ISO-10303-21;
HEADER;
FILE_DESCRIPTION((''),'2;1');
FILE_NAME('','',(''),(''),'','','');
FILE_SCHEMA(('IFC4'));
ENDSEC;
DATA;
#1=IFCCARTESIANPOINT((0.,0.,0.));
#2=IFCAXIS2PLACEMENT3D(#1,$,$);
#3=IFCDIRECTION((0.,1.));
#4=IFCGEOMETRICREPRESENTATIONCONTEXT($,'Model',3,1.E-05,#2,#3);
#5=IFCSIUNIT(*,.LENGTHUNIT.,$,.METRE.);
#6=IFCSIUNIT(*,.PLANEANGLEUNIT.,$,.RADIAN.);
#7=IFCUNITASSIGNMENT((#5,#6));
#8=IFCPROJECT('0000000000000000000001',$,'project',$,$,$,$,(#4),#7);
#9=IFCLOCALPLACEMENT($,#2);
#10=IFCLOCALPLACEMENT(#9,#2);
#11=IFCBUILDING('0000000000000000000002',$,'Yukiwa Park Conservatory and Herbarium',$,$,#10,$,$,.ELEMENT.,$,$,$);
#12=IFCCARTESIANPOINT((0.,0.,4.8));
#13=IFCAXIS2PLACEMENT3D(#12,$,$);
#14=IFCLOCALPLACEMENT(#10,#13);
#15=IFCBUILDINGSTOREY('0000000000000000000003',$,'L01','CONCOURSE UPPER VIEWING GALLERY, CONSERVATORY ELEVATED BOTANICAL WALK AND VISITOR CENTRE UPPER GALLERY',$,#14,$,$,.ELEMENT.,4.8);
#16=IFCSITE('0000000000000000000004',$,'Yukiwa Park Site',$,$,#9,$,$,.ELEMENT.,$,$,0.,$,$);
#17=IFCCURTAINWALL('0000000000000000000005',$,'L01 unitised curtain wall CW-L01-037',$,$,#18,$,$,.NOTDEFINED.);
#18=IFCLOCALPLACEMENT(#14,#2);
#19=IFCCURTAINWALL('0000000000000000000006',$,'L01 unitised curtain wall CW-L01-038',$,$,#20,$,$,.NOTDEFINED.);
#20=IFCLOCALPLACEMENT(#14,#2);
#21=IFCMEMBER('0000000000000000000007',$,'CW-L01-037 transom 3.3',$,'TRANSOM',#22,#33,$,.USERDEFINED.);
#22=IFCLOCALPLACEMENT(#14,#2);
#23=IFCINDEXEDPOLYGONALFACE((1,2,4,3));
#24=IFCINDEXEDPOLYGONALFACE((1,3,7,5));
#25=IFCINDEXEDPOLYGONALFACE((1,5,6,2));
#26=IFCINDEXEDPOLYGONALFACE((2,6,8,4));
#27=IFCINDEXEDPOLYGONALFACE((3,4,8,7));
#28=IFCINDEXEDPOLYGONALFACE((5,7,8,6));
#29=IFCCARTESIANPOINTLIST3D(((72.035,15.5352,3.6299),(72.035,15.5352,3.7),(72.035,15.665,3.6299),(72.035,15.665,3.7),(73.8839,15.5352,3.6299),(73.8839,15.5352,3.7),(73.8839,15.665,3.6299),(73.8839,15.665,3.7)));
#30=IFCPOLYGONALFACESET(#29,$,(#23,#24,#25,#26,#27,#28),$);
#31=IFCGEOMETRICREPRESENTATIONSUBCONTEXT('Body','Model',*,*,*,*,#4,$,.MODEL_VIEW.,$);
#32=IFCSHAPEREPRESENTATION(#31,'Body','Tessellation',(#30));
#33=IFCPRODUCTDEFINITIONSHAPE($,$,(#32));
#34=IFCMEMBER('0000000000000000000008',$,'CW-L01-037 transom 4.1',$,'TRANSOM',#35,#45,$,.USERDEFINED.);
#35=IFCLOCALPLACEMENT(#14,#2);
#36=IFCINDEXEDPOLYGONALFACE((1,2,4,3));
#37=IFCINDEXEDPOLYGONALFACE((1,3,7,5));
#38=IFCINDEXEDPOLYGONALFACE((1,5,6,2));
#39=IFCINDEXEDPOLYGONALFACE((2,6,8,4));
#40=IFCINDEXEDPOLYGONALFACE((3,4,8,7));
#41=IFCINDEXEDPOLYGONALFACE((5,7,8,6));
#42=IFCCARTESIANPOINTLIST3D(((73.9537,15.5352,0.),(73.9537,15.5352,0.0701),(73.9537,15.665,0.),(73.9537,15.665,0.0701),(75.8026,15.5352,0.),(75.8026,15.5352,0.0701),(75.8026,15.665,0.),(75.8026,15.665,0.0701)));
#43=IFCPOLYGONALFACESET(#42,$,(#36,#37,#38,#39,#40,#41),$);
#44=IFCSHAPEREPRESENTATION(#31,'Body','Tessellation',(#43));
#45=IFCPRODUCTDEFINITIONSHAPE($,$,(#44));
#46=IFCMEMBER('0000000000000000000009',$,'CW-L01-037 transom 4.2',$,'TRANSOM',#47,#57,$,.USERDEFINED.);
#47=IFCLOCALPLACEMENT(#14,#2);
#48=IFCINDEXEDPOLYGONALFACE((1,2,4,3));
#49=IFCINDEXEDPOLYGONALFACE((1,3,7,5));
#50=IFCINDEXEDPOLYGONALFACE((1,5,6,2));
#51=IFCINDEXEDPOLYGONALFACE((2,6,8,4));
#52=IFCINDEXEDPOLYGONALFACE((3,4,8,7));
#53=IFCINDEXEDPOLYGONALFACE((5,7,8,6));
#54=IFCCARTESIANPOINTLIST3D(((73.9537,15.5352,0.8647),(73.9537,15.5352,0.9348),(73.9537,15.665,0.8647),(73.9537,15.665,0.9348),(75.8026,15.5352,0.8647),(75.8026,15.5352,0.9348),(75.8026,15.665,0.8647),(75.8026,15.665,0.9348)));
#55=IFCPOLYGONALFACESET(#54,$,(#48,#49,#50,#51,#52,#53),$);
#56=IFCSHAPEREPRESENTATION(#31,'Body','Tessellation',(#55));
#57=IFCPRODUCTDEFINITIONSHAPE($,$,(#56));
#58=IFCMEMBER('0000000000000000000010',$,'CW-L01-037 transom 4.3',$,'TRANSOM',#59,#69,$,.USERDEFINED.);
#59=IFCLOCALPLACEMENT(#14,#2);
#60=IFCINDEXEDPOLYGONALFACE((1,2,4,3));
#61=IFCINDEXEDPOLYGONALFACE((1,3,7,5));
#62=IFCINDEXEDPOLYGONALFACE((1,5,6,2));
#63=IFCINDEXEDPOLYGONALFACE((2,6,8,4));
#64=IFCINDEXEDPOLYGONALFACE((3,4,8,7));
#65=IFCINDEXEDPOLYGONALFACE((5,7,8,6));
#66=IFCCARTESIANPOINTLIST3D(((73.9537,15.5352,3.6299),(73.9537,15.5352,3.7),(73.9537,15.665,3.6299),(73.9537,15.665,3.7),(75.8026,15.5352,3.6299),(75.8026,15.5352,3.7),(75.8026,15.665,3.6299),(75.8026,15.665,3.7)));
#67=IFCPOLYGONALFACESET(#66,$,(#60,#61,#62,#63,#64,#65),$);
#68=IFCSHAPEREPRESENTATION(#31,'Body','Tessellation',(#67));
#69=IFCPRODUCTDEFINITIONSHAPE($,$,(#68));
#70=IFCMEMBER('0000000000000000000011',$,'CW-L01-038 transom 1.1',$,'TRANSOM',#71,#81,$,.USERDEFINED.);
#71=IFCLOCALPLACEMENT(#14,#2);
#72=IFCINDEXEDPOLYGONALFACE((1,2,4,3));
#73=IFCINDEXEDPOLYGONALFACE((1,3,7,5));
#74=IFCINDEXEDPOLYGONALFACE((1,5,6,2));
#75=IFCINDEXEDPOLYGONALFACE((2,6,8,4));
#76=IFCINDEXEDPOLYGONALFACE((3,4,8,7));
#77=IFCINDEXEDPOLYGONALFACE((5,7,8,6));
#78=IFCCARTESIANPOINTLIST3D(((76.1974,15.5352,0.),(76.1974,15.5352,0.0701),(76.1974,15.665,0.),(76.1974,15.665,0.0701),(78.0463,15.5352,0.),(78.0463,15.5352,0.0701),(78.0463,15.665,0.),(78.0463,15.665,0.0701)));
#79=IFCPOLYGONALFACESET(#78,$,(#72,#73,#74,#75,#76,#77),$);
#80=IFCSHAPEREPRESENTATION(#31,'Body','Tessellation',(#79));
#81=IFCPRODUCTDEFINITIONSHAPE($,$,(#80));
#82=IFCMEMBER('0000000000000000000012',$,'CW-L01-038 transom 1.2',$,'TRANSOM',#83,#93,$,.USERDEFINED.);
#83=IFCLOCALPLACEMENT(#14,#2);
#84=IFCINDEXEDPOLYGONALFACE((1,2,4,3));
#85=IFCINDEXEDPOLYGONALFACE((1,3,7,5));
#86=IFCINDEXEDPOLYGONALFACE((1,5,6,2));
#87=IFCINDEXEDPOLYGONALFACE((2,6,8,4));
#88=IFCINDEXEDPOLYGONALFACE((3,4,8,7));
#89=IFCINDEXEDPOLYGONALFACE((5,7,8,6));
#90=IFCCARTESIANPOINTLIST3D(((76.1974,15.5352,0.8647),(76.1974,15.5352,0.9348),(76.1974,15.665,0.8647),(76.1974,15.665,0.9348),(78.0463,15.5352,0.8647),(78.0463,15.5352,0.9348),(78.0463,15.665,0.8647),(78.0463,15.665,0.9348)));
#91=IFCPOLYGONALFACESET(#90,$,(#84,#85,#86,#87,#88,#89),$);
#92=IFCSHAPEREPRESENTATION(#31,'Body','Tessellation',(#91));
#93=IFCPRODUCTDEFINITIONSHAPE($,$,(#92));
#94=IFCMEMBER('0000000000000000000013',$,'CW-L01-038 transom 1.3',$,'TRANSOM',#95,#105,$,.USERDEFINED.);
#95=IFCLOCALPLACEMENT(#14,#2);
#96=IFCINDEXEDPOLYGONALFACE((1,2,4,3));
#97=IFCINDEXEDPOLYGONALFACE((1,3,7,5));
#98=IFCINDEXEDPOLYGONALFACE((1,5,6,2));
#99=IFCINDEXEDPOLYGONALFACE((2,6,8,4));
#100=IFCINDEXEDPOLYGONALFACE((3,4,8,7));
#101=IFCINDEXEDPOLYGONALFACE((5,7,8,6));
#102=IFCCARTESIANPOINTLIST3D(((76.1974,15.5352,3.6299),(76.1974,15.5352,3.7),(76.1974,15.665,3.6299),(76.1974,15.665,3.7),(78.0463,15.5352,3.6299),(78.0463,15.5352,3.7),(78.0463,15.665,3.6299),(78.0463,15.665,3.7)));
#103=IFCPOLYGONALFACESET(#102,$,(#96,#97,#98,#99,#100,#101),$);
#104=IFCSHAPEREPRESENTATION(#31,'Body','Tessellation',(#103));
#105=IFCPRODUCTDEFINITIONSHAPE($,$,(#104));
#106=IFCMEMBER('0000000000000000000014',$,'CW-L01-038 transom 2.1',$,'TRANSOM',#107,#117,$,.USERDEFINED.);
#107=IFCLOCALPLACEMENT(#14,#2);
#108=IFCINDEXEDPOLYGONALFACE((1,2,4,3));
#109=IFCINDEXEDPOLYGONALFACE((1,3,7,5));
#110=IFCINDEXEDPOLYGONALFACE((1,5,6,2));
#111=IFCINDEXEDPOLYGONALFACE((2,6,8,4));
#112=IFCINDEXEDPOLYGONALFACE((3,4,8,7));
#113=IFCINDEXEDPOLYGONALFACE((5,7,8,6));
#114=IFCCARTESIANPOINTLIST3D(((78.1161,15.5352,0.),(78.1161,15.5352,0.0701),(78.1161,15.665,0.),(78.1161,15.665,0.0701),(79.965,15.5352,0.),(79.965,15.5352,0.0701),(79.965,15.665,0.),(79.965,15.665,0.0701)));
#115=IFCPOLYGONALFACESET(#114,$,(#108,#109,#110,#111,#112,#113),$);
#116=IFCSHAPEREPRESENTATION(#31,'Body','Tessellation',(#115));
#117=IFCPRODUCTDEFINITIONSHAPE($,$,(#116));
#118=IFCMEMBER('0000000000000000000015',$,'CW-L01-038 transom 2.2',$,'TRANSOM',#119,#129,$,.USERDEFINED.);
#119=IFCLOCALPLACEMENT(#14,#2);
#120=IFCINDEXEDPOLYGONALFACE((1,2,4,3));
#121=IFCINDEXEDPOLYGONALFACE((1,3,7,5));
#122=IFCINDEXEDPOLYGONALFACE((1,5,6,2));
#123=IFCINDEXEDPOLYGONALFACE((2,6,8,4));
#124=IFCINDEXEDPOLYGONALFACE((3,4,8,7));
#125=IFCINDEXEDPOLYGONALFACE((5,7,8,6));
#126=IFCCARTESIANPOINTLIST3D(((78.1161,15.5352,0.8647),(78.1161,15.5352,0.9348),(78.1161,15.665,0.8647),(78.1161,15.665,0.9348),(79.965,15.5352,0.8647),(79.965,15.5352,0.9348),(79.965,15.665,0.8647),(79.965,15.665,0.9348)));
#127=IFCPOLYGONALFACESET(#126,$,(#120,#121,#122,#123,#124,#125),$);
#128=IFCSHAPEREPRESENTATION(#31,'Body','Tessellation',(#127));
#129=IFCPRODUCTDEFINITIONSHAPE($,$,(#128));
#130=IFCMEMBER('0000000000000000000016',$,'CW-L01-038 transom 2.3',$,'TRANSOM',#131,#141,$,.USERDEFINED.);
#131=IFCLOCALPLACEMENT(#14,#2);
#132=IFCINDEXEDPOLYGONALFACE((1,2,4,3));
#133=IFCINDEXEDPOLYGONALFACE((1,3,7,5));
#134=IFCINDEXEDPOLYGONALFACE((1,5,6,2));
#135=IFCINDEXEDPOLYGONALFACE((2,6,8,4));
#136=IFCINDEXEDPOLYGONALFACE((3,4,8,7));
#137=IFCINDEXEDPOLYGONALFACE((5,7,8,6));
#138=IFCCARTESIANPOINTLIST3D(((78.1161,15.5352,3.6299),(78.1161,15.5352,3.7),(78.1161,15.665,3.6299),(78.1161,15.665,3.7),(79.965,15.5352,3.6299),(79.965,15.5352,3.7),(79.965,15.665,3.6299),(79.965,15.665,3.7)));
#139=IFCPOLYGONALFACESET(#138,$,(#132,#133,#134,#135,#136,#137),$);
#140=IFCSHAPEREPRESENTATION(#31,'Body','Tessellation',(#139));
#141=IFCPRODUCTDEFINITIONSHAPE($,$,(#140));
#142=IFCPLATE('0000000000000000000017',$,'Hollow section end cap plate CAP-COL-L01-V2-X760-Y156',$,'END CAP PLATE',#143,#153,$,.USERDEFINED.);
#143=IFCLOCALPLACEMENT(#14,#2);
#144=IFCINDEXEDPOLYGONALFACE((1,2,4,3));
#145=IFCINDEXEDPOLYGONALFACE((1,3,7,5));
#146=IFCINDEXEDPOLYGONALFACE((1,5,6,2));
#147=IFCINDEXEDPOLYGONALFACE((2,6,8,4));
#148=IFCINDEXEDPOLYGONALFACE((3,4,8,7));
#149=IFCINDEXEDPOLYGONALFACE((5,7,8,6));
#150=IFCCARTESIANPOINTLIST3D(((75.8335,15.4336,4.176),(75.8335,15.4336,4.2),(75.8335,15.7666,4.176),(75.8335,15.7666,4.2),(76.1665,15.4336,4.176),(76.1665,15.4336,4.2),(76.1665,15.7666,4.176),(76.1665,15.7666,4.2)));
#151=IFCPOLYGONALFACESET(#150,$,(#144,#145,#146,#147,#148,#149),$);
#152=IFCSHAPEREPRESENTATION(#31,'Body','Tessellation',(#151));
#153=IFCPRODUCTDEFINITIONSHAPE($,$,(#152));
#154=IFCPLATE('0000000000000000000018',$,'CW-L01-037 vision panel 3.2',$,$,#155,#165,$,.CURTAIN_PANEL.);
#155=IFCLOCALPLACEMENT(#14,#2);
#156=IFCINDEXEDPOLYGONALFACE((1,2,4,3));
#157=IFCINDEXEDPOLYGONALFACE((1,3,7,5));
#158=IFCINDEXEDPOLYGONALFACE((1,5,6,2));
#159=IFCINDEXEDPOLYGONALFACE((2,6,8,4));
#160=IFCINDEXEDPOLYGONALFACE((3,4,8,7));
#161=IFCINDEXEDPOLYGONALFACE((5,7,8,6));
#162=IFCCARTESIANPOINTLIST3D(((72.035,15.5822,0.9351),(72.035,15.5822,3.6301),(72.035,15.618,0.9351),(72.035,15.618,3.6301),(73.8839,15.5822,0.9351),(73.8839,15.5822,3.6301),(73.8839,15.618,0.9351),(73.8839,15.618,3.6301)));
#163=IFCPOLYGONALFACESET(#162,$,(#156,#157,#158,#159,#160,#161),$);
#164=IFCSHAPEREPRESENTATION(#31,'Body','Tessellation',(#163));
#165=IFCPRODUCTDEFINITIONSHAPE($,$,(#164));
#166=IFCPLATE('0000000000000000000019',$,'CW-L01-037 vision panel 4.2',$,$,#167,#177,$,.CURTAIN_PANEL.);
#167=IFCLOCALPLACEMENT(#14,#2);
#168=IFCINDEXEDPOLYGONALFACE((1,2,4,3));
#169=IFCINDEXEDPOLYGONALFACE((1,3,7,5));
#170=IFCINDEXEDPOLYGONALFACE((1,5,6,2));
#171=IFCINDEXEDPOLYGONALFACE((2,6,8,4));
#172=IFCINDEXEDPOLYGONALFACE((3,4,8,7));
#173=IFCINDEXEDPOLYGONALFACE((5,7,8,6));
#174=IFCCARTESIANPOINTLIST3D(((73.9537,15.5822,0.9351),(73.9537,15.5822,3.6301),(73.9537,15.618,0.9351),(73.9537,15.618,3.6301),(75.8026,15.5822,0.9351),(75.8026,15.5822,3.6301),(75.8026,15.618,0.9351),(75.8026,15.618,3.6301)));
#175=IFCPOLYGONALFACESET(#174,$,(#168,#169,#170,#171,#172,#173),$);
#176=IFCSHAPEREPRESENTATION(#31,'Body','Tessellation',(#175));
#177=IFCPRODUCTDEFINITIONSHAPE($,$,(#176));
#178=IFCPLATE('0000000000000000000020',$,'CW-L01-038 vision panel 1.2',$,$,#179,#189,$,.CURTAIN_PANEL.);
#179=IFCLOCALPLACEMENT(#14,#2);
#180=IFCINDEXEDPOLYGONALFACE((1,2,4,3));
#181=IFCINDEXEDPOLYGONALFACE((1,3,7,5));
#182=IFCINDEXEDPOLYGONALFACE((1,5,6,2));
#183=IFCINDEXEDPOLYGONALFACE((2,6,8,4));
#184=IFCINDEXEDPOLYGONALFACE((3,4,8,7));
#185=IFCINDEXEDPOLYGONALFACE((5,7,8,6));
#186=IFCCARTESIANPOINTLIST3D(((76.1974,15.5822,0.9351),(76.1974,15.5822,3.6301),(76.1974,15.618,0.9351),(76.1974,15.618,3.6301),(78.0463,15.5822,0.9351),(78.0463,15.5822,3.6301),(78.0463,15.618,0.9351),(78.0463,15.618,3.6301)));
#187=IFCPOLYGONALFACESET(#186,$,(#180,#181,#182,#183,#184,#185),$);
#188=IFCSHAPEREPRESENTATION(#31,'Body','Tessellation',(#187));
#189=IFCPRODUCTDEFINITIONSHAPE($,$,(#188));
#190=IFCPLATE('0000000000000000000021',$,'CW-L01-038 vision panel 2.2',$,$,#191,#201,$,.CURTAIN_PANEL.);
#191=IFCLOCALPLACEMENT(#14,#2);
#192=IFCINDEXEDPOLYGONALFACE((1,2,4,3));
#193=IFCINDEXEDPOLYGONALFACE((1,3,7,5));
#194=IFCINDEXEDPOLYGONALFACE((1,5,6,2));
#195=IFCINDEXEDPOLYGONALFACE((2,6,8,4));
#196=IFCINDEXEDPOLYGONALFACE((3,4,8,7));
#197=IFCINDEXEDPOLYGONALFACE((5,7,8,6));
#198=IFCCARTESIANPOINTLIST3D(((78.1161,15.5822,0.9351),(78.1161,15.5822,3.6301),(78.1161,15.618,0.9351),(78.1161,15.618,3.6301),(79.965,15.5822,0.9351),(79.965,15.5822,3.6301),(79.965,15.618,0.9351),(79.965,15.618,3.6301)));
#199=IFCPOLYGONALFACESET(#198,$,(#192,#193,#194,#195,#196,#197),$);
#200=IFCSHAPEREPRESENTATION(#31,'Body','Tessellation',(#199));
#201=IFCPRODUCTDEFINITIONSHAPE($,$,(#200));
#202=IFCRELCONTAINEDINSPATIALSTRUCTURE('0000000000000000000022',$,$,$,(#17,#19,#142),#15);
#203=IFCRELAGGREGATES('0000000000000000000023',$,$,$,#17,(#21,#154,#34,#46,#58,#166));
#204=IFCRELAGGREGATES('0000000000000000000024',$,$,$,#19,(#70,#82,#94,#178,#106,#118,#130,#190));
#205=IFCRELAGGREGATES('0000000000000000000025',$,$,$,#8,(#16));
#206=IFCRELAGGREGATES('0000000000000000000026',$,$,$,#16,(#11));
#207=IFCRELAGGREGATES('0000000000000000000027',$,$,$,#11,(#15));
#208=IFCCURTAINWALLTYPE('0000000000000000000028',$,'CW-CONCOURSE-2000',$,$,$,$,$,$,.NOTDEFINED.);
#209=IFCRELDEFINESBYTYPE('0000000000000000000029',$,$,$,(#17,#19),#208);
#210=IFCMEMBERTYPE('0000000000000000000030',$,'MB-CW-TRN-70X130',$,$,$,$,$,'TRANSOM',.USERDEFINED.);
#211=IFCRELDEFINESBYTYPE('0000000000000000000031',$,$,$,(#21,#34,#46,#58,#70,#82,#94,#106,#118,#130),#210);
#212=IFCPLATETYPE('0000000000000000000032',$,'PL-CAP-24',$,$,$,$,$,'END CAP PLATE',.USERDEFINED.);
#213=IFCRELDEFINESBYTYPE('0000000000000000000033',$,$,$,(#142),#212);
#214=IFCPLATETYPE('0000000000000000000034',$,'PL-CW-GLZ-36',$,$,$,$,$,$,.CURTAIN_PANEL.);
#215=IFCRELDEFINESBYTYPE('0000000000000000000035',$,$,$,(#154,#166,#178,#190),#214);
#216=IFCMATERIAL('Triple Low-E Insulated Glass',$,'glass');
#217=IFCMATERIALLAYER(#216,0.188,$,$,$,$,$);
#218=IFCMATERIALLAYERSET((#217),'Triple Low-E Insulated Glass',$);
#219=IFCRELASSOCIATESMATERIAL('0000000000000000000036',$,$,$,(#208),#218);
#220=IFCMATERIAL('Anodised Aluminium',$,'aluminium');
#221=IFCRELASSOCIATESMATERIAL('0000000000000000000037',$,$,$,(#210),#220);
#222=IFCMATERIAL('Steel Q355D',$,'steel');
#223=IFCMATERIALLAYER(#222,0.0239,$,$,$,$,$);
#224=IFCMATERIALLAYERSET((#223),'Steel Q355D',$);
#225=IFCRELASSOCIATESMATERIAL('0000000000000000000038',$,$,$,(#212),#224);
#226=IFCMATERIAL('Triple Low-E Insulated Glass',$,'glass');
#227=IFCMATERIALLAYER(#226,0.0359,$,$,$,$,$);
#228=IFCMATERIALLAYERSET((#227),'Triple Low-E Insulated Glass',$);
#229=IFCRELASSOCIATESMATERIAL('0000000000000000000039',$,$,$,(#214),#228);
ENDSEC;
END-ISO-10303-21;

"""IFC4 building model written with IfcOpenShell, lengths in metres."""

from ifc_helpers import new_model, si_unit, direction, frame, origin, origin_2d, place, context, subcontext, project, spatial, rectangle, extrude, material, layer, layer_set, type_object, element, aggregate, save


model = new_model("IFC4")

# Units and contexts
model_context = context("Model", 3, precision=1e-05, world=origin(), true_north=direction((0.0, 1.0)))
body_context = subcontext(model_context, "Body", "Model", "MODEL_VIEW")
ifc_project = project(units=[si_unit("LENGTHUNIT", "METRE"), si_unit("PLANEANGLEUNIT", "RADIAN")], contexts=[model_context])

# Site, building, storey
site_placement = place(None, origin())
site = spatial("IfcSite", under=ifc_project, at=site_placement, Name="Yukiwa Park Site", CompositionType="ELEMENT", RefElevation=0.0)
building_placement = place(site_placement, origin())
building = spatial("IfcBuilding", under=site, at=building_placement, Name="Yukiwa Park Conservatory and Herbarium", CompositionType="ELEMENT")
storey_placement = place(building_placement, frame((0.0, 0.0, 4.8)))
storey = spatial("IfcBuildingStorey", under=building, at=storey_placement, Name="L01", Description="CONCOURSE UPPER VIEWING GALLERY, CONSERVATORY ELEVATED BOTANICAL WALK AND VISITOR CENTRE UPPER GALLERY", CompositionType="ELEMENT", Elevation=4.8)

# Curtain walls
ifc_material_1 = material(Name="Triple Low-E Insulated Glass", Category="glass")
ifc_layer_1 = layer(ifc_material_1, 0.188)
ifc_layer_set_1 = layer_set([ifc_layer_1], Name="Triple Low-E Insulated Glass")
curtain_wall_type = type_object("IfcCurtainWallType", Name="CW-CONCOURSE-2000", PredefinedType="NOTDEFINED", material=ifc_layer_set_1)
curtain_wall_1_placement = place(storey_placement, origin())
curtain_wall_1 = element("IfcCurtainWall", 1, at=curtain_wall_1_placement, inside=storey, type_object=curtain_wall_type, Name="L01 unitised curtain wall CW-L01-037", PredefinedType="NOTDEFINED")
curtain_wall_2_placement = place(storey_placement, origin())
curtain_wall_2 = element("IfcCurtainWall", 2, at=curtain_wall_2_placement, inside=storey, type_object=curtain_wall_type, Name="L01 unitised curtain wall CW-L01-038", PredefinedType="NOTDEFINED")

# Members
ifc_material_2 = material(Name="Anodised Aluminium", Category="aluminium")
member_type_1 = type_object("IfcMemberType", Name="MB-CW-TRN-70X130", ElementType="TRANSOM", PredefinedType="USERDEFINED", material=ifc_material_2)
member_1_placement = place(storey_placement, frame((72.9595, 15.6001, 3.6299), z_axis=(0.0, 0.0, 1.0), x_axis=(1.0, 0.0, 0.0)))
member_1 = element("IfcMember", 3, at=member_1_placement, type_object=member_type_1, Name="CW-L01-037 transom 3.3", ObjectType="TRANSOM", PredefinedType="USERDEFINED", context=body_context, shape_type="SweptSolid", body=[
    extrude(rectangle(XDim=1.8489, YDim=0.1299, at=origin_2d()), origin(), (0.0, 0.0, 1.0), 0.0701),
])
member_2_placement = place(storey_placement, frame((74.8782, 15.6001, 0.0), z_axis=(0.0, 0.0, 1.0), x_axis=(1.0, 0.0, 0.0)))
member_2 = element("IfcMember", 4, at=member_2_placement, type_object=member_type_1, Name="CW-L01-037 transom 4.1", ObjectType="TRANSOM", PredefinedType="USERDEFINED", context=body_context, shape_type="SweptSolid", body=[
    extrude(rectangle(XDim=1.8489, YDim=0.1299, at=origin_2d()), origin(), (0.0, 0.0, 1.0), 0.0701),
])
member_3_placement = place(storey_placement, frame((74.8782, 15.6001, 0.8647), z_axis=(0.0, 0.0, 1.0), x_axis=(1.0, 0.0, 0.0)))
member_3 = element("IfcMember", 5, at=member_3_placement, type_object=member_type_1, Name="CW-L01-037 transom 4.2", ObjectType="TRANSOM", PredefinedType="USERDEFINED", context=body_context, shape_type="SweptSolid", body=[
    extrude(rectangle(XDim=1.8489, YDim=0.1299, at=origin_2d()), origin(), (0.0, 0.0, 1.0), 0.0701),
])
member_4_placement = place(storey_placement, frame((74.8782, 15.6001, 3.6299), z_axis=(0.0, 0.0, 1.0), x_axis=(1.0, 0.0, 0.0)))
member_4 = element("IfcMember", 6, at=member_4_placement, type_object=member_type_1, Name="CW-L01-037 transom 4.3", ObjectType="TRANSOM", PredefinedType="USERDEFINED", context=body_context, shape_type="SweptSolid", body=[
    extrude(rectangle(XDim=1.8489, YDim=0.1299, at=origin_2d()), origin(), (0.0, 0.0, 1.0), 0.0701),
])
member_5_placement = place(storey_placement, frame((77.1218, 15.6001, 0.0), z_axis=(0.0, 0.0, 1.0), x_axis=(1.0, 0.0, 0.0)))
member_5 = element("IfcMember", 7, at=member_5_placement, type_object=member_type_1, Name="CW-L01-038 transom 1.1", ObjectType="TRANSOM", PredefinedType="USERDEFINED", context=body_context, shape_type="SweptSolid", body=[
    extrude(rectangle(XDim=1.8489, YDim=0.1299, at=origin_2d()), origin(), (0.0, 0.0, 1.0), 0.0701),
])
member_6_placement = place(storey_placement, frame((77.1218, 15.6001, 0.8647), z_axis=(0.0, 0.0, 1.0), x_axis=(1.0, 0.0, 0.0)))
member_6 = element("IfcMember", 8, at=member_6_placement, type_object=member_type_1, Name="CW-L01-038 transom 1.2", ObjectType="TRANSOM", PredefinedType="USERDEFINED", context=body_context, shape_type="SweptSolid", body=[
    extrude(rectangle(XDim=1.8489, YDim=0.1299, at=origin_2d()), origin(), (0.0, 0.0, 1.0), 0.0701),
])
member_7_placement = place(storey_placement, frame((77.1218, 15.6001, 3.6299), z_axis=(0.0, 0.0, 1.0), x_axis=(1.0, 0.0, 0.0)))
member_7 = element("IfcMember", 9, at=member_7_placement, type_object=member_type_1, Name="CW-L01-038 transom 1.3", ObjectType="TRANSOM", PredefinedType="USERDEFINED", context=body_context, shape_type="SweptSolid", body=[
    extrude(rectangle(XDim=1.8489, YDim=0.1299, at=origin_2d()), origin(), (0.0, 0.0, 1.0), 0.0701),
])
member_8_placement = place(storey_placement, frame((79.0405, 15.6001, 0.0), z_axis=(0.0, 0.0, 1.0), x_axis=(1.0, 0.0, 0.0)))
member_8 = element("IfcMember", 10, at=member_8_placement, type_object=member_type_1, Name="CW-L01-038 transom 2.1", ObjectType="TRANSOM", PredefinedType="USERDEFINED", context=body_context, shape_type="SweptSolid", body=[
    extrude(rectangle(XDim=1.8489, YDim=0.1299, at=origin_2d()), origin(), (0.0, 0.0, 1.0), 0.0701),
])
member_9_placement = place(storey_placement, frame((79.0405, 15.6001, 0.8647), z_axis=(0.0, 0.0, 1.0), x_axis=(1.0, 0.0, 0.0)))
member_9 = element("IfcMember", 11, at=member_9_placement, type_object=member_type_1, Name="CW-L01-038 transom 2.2", ObjectType="TRANSOM", PredefinedType="USERDEFINED", context=body_context, shape_type="SweptSolid", body=[
    extrude(rectangle(XDim=1.8489, YDim=0.1299, at=origin_2d()), origin(), (0.0, 0.0, 1.0), 0.0701),
])
member_10_placement = place(storey_placement, frame((79.0405, 15.6001, 3.6299), z_axis=(0.0, 0.0, 1.0), x_axis=(1.0, 0.0, 0.0)))
member_10 = element("IfcMember", 12, at=member_10_placement, type_object=member_type_1, Name="CW-L01-038 transom 2.3", ObjectType="TRANSOM", PredefinedType="USERDEFINED", context=body_context, shape_type="SweptSolid", body=[
    extrude(rectangle(XDim=1.8489, YDim=0.1299, at=origin_2d()), origin(), (0.0, 0.0, 1.0), 0.0701),
])

# Plates
ifc_material_3 = material(Name="Steel Q355D", Category="steel")
ifc_layer_2 = layer(ifc_material_3, 0.0239)
ifc_layer_set_2 = layer_set([ifc_layer_2], Name="Steel Q355D")
plate_type_1 = type_object("IfcPlateType", Name="PL-CAP-24", ElementType="END CAP PLATE", PredefinedType="USERDEFINED", material=ifc_layer_set_2)
plate_1_placement = place(storey_placement, frame((76.0, 15.6001, 4.176), z_axis=(0.0, 0.0, 1.0), x_axis=(1.0, 0.0, 0.0)))
element("IfcPlate", 13, at=plate_1_placement, inside=storey, type_object=plate_type_1, Name="Hollow section end cap plate CAP-COL-L01-V2-X760-Y156", ObjectType="END CAP PLATE", PredefinedType="USERDEFINED", context=body_context, shape_type="SweptSolid", body=[
    extrude(rectangle(XDim=0.333, YDim=0.333, at=origin_2d()), origin(), (0.0, 0.0, 1.0), 0.0239),
])
ifc_material_4 = material(Name="Triple Low-E Insulated Glass", Category="glass")
ifc_layer_3 = layer(ifc_material_4, 0.0359)
ifc_layer_set_3 = layer_set([ifc_layer_3], Name="Triple Low-E Insulated Glass")
plate_type_2 = type_object("IfcPlateType", Name="PL-CW-GLZ-36", PredefinedType="CURTAIN_PANEL", material=ifc_layer_set_3)
plate_2_placement = place(storey_placement, frame((72.9595, 15.6001, 0.9351), z_axis=(0.0, 0.0, 1.0), x_axis=(1.0, 0.0, 0.0)))
plate_2 = element("IfcPlate", 14, at=plate_2_placement, type_object=plate_type_2, Name="CW-L01-037 vision panel 3.2", PredefinedType="CURTAIN_PANEL", context=body_context, shape_type="SweptSolid", body=[
    extrude(rectangle(XDim=1.8489, YDim=0.0359, at=origin_2d()), origin(), (0.0, 0.0, 1.0), 2.6951),
])
plate_3_placement = place(storey_placement, frame((74.8782, 15.6001, 0.9351), z_axis=(0.0, 0.0, 1.0), x_axis=(1.0, 0.0, 0.0)))
plate_3 = element("IfcPlate", 15, at=plate_3_placement, type_object=plate_type_2, Name="CW-L01-037 vision panel 4.2", PredefinedType="CURTAIN_PANEL", context=body_context, shape_type="SweptSolid", body=[
    extrude(rectangle(XDim=1.8489, YDim=0.0359, at=origin_2d()), origin(), (0.0, 0.0, 1.0), 2.6951),
])
plate_4_placement = place(storey_placement, frame((77.1218, 15.6001, 0.9351), z_axis=(0.0, 0.0, 1.0), x_axis=(1.0, 0.0, 0.0)))
plate_4 = element("IfcPlate", 16, at=plate_4_placement, type_object=plate_type_2, Name="CW-L01-038 vision panel 1.2", PredefinedType="CURTAIN_PANEL", context=body_context, shape_type="SweptSolid", body=[
    extrude(rectangle(XDim=1.8489, YDim=0.0359, at=origin_2d()), origin(), (0.0, 0.0, 1.0), 2.6951),
])
plate_5_placement = place(storey_placement, frame((79.0405, 15.6001, 0.9351), z_axis=(0.0, 0.0, 1.0), x_axis=(1.0, 0.0, 0.0)))
plate_5 = element("IfcPlate", 17, at=plate_5_placement, type_object=plate_type_2, Name="CW-L01-038 vision panel 2.2", PredefinedType="CURTAIN_PANEL", context=body_context, shape_type="SweptSolid", body=[
    extrude(rectangle(XDim=1.8489, YDim=0.0359, at=origin_2d()), origin(), (0.0, 0.0, 1.0), 2.6951),
])
aggregate(curtain_wall_1, [member_1, plate_2, member_2, member_3, member_4, plate_3])
aggregate(curtain_wall_2, [member_5, member_6, member_7, plate_4, member_8, member_9, member_10, plate_5])

save(model, "model.ifc")
